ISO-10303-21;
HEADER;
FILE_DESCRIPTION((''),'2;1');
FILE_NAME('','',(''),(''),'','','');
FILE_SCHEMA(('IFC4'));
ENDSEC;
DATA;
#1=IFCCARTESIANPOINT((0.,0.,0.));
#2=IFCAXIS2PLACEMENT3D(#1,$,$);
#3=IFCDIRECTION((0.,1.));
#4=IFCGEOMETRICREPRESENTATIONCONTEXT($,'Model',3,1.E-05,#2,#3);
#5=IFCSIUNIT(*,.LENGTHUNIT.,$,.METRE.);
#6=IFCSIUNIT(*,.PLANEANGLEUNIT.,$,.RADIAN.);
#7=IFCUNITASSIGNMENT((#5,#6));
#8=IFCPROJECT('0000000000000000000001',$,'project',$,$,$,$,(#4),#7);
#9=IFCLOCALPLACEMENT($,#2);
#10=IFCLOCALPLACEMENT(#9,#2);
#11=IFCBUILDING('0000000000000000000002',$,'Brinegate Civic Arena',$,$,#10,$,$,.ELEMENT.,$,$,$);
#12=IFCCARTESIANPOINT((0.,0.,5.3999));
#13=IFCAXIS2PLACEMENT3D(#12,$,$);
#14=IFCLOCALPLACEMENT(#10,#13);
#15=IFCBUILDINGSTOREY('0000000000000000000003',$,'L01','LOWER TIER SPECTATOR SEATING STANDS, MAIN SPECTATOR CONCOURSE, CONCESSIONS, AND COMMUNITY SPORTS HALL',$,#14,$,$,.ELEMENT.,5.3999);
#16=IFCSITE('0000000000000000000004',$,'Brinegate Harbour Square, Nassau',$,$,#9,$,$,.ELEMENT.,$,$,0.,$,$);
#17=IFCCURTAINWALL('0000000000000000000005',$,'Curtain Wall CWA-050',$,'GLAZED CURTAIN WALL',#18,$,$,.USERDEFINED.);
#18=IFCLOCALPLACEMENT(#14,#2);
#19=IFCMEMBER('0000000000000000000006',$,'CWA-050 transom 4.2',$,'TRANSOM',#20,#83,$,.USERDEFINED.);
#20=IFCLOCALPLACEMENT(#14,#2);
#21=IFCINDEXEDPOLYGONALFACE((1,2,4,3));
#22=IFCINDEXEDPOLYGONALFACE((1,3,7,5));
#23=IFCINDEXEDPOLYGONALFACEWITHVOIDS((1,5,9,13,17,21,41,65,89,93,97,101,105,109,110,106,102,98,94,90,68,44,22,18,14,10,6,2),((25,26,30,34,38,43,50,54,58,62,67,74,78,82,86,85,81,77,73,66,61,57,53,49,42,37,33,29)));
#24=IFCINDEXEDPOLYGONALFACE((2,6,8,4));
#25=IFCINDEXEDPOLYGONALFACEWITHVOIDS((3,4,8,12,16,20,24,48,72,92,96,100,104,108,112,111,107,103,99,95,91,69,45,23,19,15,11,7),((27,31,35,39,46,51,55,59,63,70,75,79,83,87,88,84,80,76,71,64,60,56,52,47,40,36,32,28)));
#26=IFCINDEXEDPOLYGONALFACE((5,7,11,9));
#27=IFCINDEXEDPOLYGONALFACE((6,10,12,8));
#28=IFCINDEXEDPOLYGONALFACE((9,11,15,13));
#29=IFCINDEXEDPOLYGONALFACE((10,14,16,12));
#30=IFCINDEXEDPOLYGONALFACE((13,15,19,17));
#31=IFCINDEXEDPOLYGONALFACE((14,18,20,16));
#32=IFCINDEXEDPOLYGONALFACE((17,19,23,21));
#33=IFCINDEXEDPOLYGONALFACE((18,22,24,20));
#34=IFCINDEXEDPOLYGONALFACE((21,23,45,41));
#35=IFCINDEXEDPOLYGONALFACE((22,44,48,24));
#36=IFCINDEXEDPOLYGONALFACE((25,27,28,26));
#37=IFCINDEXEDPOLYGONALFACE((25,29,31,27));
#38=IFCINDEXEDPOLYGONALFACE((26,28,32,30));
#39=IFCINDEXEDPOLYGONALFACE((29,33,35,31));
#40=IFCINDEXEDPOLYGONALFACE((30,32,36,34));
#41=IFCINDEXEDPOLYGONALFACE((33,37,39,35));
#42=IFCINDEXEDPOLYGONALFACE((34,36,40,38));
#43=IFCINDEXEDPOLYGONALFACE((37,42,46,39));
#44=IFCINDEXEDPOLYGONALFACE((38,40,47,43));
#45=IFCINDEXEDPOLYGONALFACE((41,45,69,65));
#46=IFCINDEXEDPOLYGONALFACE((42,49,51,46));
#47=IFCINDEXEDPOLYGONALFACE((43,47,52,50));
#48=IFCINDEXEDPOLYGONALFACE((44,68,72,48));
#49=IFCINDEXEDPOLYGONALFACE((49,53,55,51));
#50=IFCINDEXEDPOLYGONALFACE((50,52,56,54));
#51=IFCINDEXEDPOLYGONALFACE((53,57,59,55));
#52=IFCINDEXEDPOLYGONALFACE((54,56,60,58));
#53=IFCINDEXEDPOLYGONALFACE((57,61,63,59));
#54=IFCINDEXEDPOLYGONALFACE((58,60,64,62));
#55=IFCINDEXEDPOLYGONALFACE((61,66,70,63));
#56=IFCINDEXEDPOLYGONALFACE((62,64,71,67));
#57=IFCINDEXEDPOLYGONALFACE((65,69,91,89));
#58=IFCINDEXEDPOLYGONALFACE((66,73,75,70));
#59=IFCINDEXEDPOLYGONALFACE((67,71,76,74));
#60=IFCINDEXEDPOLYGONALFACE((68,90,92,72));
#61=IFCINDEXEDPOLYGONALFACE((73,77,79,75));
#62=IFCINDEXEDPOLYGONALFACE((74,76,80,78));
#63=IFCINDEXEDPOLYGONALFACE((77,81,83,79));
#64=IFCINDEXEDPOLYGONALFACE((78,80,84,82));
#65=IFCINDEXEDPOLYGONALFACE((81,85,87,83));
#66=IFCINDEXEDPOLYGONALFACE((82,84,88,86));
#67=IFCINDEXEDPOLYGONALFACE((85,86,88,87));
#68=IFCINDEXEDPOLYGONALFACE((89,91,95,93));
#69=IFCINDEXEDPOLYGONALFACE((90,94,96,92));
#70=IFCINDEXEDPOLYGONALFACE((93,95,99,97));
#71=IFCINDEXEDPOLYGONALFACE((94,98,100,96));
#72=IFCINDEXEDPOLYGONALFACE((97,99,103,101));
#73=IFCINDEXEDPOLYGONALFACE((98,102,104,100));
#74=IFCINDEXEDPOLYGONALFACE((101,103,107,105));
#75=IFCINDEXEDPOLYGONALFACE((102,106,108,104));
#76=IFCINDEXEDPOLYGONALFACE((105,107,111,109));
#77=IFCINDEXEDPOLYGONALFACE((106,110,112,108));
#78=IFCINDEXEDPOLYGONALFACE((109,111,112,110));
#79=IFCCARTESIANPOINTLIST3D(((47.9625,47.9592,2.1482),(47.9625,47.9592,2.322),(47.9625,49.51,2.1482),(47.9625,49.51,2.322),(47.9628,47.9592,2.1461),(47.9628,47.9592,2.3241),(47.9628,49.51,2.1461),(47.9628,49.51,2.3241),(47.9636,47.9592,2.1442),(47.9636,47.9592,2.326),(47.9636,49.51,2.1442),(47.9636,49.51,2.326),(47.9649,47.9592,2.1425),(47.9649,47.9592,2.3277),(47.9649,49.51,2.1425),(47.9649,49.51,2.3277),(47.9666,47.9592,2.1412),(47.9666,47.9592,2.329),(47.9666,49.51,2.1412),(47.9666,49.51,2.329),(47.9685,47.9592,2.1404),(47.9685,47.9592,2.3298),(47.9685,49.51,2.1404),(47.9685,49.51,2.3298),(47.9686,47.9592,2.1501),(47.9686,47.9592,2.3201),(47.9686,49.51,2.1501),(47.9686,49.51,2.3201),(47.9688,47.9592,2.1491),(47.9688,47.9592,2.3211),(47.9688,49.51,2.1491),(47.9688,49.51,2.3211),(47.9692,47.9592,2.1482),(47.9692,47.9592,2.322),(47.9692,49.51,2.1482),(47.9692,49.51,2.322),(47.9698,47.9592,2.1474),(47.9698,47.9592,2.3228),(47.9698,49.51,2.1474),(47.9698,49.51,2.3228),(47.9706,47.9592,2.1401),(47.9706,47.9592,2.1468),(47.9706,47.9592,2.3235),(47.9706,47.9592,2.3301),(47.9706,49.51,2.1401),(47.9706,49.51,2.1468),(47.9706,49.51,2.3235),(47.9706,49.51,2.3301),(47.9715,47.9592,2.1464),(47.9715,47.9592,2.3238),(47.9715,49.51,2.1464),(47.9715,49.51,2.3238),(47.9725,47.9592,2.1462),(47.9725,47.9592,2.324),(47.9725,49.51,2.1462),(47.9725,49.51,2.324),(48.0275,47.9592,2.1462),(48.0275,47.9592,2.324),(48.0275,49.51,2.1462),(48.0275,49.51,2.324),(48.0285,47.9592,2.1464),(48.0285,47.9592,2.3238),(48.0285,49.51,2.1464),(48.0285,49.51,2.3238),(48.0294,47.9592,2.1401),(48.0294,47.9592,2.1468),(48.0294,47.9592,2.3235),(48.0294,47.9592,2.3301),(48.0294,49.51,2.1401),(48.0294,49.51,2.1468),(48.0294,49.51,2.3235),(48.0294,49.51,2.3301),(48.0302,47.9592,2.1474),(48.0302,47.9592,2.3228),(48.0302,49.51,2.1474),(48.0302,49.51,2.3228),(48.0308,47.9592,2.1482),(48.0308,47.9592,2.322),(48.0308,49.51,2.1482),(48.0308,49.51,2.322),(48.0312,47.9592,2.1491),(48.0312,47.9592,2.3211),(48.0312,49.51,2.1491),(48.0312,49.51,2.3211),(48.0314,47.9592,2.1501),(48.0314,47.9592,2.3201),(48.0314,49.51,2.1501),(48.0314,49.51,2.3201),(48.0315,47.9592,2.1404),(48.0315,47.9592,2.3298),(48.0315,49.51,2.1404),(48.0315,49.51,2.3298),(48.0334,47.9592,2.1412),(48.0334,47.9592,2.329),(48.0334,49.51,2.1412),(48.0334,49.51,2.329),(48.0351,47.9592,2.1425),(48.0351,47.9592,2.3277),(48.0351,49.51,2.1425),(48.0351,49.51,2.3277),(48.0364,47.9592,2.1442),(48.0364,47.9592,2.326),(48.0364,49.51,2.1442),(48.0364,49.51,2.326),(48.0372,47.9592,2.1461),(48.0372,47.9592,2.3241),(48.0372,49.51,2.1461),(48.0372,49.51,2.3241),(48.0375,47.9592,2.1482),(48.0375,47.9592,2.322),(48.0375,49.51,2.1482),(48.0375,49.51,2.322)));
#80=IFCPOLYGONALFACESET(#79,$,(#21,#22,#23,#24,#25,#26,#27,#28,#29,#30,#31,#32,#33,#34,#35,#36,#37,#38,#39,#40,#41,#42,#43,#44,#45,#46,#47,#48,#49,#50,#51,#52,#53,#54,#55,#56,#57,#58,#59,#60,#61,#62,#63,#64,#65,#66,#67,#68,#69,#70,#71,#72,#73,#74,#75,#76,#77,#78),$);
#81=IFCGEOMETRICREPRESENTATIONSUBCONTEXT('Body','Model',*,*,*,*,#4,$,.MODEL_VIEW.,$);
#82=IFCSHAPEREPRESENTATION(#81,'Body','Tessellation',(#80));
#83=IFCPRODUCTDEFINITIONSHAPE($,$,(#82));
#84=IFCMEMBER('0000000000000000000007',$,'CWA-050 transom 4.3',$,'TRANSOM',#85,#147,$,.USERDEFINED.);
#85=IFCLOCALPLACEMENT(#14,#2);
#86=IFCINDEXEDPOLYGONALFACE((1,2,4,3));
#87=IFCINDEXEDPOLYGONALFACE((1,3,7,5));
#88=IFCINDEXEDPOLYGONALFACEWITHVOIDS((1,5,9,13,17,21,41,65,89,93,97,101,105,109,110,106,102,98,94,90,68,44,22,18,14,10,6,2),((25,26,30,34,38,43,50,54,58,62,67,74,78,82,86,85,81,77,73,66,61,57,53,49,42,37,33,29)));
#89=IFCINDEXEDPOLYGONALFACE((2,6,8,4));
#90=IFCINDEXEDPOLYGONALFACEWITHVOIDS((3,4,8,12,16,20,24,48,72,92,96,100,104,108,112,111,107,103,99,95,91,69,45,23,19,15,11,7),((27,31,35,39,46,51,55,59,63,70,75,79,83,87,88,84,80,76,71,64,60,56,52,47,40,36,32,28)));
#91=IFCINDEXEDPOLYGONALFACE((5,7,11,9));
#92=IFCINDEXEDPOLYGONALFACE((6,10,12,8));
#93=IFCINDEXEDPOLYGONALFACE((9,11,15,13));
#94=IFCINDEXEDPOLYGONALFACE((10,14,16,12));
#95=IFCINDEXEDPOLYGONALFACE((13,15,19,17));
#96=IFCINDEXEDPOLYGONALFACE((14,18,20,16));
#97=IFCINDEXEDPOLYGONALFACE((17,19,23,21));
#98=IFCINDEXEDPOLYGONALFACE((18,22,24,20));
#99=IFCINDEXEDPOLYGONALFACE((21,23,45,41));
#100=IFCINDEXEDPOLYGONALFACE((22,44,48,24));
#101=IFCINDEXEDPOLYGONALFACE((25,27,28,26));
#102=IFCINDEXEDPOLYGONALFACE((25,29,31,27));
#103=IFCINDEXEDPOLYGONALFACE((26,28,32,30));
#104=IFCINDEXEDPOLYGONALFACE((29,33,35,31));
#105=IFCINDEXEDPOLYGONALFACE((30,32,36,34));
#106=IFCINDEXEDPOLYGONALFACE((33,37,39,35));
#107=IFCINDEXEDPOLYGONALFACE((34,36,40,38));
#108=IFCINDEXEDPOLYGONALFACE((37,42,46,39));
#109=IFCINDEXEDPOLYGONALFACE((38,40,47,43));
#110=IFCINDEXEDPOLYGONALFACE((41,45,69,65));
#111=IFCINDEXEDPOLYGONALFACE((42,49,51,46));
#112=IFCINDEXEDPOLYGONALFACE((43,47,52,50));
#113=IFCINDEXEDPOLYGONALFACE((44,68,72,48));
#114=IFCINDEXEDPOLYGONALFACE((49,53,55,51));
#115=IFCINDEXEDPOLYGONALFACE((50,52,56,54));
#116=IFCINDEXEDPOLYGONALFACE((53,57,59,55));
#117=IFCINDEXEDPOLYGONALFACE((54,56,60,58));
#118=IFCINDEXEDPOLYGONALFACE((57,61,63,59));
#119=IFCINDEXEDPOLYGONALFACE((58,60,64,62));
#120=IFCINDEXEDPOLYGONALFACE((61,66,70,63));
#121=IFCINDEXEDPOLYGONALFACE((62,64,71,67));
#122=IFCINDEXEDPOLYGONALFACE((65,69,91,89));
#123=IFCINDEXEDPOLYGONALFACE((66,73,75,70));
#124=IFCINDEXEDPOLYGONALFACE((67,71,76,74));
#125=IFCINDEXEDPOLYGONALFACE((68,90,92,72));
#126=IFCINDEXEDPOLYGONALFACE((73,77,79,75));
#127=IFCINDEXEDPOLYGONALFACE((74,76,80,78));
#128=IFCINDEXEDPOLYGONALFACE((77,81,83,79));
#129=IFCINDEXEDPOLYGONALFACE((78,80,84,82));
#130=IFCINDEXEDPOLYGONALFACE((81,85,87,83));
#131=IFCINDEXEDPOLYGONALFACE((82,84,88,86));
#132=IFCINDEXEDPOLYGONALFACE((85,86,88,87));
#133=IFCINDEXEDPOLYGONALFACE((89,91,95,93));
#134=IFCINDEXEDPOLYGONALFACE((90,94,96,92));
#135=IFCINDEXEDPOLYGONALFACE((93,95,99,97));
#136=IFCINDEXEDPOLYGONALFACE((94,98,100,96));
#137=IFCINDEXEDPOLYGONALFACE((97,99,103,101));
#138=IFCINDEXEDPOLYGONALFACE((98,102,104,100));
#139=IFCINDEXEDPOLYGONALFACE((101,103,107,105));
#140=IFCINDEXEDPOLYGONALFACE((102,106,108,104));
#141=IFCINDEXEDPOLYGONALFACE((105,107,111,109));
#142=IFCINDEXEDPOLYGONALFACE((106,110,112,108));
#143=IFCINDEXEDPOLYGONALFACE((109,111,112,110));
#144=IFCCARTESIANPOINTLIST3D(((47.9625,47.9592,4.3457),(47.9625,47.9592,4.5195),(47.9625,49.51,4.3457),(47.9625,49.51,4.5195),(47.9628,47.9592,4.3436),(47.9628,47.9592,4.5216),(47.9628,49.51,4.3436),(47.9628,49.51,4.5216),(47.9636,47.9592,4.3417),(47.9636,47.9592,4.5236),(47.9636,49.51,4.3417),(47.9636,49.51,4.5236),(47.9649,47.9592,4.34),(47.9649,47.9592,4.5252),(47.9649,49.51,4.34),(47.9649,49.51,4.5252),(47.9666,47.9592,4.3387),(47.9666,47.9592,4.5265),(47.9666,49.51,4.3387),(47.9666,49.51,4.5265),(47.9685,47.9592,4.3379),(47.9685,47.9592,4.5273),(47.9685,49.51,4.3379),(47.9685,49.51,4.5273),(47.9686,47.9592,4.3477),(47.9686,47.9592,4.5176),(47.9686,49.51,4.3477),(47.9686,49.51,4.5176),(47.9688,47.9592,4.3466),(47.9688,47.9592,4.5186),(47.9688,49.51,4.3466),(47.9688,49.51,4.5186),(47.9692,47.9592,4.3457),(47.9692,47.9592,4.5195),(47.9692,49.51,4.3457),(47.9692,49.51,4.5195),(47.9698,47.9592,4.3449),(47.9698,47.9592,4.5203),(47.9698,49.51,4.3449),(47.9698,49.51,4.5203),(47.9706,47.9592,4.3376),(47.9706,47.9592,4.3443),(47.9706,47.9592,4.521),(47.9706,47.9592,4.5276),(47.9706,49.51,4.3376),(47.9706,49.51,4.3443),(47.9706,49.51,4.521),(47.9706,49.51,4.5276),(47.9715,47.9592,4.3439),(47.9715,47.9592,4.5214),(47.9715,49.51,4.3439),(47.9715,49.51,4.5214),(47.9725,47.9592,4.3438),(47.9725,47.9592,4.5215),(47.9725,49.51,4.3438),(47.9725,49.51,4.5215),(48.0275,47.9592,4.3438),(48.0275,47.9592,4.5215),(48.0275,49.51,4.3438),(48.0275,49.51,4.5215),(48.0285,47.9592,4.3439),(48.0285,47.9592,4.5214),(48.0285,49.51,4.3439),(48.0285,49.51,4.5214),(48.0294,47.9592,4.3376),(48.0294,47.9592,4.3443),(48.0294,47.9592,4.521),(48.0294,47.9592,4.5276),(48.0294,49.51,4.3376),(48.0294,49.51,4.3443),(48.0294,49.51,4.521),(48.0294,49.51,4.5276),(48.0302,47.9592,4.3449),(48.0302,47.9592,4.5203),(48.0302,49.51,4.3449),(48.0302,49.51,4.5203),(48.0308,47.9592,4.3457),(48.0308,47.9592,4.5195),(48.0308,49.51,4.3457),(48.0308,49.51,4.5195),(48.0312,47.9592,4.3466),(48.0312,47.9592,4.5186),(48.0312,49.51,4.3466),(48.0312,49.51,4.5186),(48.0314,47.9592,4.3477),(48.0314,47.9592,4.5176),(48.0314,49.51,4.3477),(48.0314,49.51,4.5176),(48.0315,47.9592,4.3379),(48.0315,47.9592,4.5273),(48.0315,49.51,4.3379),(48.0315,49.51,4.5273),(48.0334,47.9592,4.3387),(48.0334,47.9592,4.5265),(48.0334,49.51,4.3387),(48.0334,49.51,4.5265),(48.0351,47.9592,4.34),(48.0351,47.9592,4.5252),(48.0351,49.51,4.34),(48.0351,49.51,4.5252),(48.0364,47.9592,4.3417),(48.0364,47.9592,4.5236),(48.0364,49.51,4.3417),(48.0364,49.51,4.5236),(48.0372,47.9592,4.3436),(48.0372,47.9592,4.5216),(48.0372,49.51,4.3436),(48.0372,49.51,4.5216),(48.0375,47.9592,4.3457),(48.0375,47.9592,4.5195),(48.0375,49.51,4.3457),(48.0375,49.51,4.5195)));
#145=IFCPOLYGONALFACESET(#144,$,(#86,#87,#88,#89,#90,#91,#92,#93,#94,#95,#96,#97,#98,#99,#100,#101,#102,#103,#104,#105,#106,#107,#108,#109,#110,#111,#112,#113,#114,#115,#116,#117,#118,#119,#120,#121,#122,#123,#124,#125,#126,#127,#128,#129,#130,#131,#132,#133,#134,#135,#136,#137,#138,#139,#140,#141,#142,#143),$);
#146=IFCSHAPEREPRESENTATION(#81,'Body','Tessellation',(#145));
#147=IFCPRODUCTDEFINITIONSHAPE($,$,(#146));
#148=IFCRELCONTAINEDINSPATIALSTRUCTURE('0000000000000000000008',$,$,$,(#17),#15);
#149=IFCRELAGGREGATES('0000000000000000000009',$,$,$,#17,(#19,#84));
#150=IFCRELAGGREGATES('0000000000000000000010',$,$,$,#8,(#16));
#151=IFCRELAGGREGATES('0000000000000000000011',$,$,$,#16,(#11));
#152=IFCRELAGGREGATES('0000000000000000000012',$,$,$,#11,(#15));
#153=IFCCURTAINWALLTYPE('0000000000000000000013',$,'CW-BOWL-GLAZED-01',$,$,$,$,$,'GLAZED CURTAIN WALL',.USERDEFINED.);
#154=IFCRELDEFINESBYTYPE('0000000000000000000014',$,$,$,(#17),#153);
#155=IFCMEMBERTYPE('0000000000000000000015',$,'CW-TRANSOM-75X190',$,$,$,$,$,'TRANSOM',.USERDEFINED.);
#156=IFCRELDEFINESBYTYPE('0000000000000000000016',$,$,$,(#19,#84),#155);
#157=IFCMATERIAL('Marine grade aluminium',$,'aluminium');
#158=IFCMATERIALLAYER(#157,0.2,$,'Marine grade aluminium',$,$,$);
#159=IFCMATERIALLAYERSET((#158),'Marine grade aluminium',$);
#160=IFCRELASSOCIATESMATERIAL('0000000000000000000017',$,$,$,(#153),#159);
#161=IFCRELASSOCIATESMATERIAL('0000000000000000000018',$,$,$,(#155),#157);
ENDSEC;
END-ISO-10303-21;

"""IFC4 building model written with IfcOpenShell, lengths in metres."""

from ifc_helpers import new_model, si_unit, direction, frame, origin, origin_2d, place, context, subcontext, project, spatial, hollow_rectangle, extrude, material, layer, layer_set, material_profile, profile_set, type_object, element, aggregate, save


model = new_model("IFC4")

# Units and contexts
model_context = context("Model", 3, precision=1e-05, world=origin(), true_north=direction((0.0, 1.0)))
body_context = subcontext(model_context, "Body", "Model", "MODEL_VIEW")
ifc_project = project(units=[si_unit("LENGTHUNIT", "METRE"), si_unit("PLANEANGLEUNIT", "RADIAN")], contexts=[model_context])

# Site, building, storey
site_placement = place(None, origin())
site = spatial("IfcSite", under=ifc_project, at=site_placement, Name="Brinegate Harbour Square, Nassau", CompositionType="ELEMENT", RefElevation=0.0)
building_placement = place(site_placement, origin())
building = spatial("IfcBuilding", under=site, at=building_placement, Name="Brinegate Civic Arena", CompositionType="ELEMENT")
storey_placement = place(building_placement, frame((0.0, 0.0, 5.3999)))
storey = spatial("IfcBuildingStorey", under=building, at=storey_placement, Name="L01", Description="LOWER TIER SPECTATOR SEATING STANDS, MAIN SPECTATOR CONCOURSE, CONCESSIONS, AND COMMUNITY SPORTS HALL", CompositionType="ELEMENT", Elevation=5.3999)

# Curtain wall, members
ifc_material_1 = material(Name="Marine grade aluminium", Category="aluminium")
ifc_layer_1 = layer(ifc_material_1, 0.2, Name="Marine grade aluminium")
ifc_layer_set_1 = layer_set([ifc_layer_1], Name="Marine grade aluminium")
curtain_wall_type = type_object("IfcCurtainWallType", Name="CW-BOWL-GLAZED-01", ElementType="GLAZED CURTAIN WALL", PredefinedType="USERDEFINED", material=ifc_layer_set_1)
curtain_wall_placement = place(storey_placement, origin())
curtain_wall = element("IfcCurtainWall", 1, at=curtain_wall_placement, inside=storey, type_object=curtain_wall_type, Name="Curtain Wall CWA-050", ObjectType="GLAZED CURTAIN WALL", PredefinedType="USERDEFINED")
ifc_material_profile_1 = material_profile(ifc_material_1, hollow_rectangle(XDim=0.075, YDim=0.1899, WallThickness=0.0061, InnerFilletRadius=0.0039, OuterFilletRadius=0.0081, at=origin_2d()), Name="TRN75X190")
ifc_profile_set_1 = profile_set([ifc_material_profile_1], Name="Marine grade aluminium")
member_type_1 = type_object("IfcMemberType", Name="CW-TRANSOM-75X190", ElementType="TRANSOM", PredefinedType="USERDEFINED", material=ifc_profile_set_1)
member_1_placement = place(storey_placement, frame((48.0, 47.9592, 2.2351), z_axis=(0.0, 1.0, 0.0), x_axis=(-1.0, 0.0, 0.0)))
member_1 = element("IfcMember", 2, at=member_1_placement, type_object=member_type_1, Name="CWA-050 transom 4.2", ObjectType="TRANSOM", PredefinedType="USERDEFINED", context=body_context, shape_type="SweptSolid", body=[
    extrude(hollow_rectangle(XDim=0.075, YDim=0.1899, WallThickness=0.0061, InnerFilletRadius=0.0039, OuterFilletRadius=0.0081, at=origin_2d()), origin(), (0.0, 0.0, 1.0), 1.5508),
])
member_2_placement = place(storey_placement, frame((48.0, 47.9592, 4.4326), z_axis=(0.0, 1.0, 0.0), x_axis=(-1.0, 0.0, 0.0)))
member_2 = element("IfcMember", 3, at=member_2_placement, type_object=member_type_1, Name="CWA-050 transom 4.3", ObjectType="TRANSOM", PredefinedType="USERDEFINED", context=body_context, shape_type="SweptSolid", body=[
    extrude(hollow_rectangle(XDim=0.075, YDim=0.1899, WallThickness=0.0061, InnerFilletRadius=0.0039, OuterFilletRadius=0.0081, at=origin_2d()), origin(), (0.0, 0.0, 1.0), 1.5508),
])
aggregate(curtain_wall, [member_1, member_2])

save(model, "model.ifc")
